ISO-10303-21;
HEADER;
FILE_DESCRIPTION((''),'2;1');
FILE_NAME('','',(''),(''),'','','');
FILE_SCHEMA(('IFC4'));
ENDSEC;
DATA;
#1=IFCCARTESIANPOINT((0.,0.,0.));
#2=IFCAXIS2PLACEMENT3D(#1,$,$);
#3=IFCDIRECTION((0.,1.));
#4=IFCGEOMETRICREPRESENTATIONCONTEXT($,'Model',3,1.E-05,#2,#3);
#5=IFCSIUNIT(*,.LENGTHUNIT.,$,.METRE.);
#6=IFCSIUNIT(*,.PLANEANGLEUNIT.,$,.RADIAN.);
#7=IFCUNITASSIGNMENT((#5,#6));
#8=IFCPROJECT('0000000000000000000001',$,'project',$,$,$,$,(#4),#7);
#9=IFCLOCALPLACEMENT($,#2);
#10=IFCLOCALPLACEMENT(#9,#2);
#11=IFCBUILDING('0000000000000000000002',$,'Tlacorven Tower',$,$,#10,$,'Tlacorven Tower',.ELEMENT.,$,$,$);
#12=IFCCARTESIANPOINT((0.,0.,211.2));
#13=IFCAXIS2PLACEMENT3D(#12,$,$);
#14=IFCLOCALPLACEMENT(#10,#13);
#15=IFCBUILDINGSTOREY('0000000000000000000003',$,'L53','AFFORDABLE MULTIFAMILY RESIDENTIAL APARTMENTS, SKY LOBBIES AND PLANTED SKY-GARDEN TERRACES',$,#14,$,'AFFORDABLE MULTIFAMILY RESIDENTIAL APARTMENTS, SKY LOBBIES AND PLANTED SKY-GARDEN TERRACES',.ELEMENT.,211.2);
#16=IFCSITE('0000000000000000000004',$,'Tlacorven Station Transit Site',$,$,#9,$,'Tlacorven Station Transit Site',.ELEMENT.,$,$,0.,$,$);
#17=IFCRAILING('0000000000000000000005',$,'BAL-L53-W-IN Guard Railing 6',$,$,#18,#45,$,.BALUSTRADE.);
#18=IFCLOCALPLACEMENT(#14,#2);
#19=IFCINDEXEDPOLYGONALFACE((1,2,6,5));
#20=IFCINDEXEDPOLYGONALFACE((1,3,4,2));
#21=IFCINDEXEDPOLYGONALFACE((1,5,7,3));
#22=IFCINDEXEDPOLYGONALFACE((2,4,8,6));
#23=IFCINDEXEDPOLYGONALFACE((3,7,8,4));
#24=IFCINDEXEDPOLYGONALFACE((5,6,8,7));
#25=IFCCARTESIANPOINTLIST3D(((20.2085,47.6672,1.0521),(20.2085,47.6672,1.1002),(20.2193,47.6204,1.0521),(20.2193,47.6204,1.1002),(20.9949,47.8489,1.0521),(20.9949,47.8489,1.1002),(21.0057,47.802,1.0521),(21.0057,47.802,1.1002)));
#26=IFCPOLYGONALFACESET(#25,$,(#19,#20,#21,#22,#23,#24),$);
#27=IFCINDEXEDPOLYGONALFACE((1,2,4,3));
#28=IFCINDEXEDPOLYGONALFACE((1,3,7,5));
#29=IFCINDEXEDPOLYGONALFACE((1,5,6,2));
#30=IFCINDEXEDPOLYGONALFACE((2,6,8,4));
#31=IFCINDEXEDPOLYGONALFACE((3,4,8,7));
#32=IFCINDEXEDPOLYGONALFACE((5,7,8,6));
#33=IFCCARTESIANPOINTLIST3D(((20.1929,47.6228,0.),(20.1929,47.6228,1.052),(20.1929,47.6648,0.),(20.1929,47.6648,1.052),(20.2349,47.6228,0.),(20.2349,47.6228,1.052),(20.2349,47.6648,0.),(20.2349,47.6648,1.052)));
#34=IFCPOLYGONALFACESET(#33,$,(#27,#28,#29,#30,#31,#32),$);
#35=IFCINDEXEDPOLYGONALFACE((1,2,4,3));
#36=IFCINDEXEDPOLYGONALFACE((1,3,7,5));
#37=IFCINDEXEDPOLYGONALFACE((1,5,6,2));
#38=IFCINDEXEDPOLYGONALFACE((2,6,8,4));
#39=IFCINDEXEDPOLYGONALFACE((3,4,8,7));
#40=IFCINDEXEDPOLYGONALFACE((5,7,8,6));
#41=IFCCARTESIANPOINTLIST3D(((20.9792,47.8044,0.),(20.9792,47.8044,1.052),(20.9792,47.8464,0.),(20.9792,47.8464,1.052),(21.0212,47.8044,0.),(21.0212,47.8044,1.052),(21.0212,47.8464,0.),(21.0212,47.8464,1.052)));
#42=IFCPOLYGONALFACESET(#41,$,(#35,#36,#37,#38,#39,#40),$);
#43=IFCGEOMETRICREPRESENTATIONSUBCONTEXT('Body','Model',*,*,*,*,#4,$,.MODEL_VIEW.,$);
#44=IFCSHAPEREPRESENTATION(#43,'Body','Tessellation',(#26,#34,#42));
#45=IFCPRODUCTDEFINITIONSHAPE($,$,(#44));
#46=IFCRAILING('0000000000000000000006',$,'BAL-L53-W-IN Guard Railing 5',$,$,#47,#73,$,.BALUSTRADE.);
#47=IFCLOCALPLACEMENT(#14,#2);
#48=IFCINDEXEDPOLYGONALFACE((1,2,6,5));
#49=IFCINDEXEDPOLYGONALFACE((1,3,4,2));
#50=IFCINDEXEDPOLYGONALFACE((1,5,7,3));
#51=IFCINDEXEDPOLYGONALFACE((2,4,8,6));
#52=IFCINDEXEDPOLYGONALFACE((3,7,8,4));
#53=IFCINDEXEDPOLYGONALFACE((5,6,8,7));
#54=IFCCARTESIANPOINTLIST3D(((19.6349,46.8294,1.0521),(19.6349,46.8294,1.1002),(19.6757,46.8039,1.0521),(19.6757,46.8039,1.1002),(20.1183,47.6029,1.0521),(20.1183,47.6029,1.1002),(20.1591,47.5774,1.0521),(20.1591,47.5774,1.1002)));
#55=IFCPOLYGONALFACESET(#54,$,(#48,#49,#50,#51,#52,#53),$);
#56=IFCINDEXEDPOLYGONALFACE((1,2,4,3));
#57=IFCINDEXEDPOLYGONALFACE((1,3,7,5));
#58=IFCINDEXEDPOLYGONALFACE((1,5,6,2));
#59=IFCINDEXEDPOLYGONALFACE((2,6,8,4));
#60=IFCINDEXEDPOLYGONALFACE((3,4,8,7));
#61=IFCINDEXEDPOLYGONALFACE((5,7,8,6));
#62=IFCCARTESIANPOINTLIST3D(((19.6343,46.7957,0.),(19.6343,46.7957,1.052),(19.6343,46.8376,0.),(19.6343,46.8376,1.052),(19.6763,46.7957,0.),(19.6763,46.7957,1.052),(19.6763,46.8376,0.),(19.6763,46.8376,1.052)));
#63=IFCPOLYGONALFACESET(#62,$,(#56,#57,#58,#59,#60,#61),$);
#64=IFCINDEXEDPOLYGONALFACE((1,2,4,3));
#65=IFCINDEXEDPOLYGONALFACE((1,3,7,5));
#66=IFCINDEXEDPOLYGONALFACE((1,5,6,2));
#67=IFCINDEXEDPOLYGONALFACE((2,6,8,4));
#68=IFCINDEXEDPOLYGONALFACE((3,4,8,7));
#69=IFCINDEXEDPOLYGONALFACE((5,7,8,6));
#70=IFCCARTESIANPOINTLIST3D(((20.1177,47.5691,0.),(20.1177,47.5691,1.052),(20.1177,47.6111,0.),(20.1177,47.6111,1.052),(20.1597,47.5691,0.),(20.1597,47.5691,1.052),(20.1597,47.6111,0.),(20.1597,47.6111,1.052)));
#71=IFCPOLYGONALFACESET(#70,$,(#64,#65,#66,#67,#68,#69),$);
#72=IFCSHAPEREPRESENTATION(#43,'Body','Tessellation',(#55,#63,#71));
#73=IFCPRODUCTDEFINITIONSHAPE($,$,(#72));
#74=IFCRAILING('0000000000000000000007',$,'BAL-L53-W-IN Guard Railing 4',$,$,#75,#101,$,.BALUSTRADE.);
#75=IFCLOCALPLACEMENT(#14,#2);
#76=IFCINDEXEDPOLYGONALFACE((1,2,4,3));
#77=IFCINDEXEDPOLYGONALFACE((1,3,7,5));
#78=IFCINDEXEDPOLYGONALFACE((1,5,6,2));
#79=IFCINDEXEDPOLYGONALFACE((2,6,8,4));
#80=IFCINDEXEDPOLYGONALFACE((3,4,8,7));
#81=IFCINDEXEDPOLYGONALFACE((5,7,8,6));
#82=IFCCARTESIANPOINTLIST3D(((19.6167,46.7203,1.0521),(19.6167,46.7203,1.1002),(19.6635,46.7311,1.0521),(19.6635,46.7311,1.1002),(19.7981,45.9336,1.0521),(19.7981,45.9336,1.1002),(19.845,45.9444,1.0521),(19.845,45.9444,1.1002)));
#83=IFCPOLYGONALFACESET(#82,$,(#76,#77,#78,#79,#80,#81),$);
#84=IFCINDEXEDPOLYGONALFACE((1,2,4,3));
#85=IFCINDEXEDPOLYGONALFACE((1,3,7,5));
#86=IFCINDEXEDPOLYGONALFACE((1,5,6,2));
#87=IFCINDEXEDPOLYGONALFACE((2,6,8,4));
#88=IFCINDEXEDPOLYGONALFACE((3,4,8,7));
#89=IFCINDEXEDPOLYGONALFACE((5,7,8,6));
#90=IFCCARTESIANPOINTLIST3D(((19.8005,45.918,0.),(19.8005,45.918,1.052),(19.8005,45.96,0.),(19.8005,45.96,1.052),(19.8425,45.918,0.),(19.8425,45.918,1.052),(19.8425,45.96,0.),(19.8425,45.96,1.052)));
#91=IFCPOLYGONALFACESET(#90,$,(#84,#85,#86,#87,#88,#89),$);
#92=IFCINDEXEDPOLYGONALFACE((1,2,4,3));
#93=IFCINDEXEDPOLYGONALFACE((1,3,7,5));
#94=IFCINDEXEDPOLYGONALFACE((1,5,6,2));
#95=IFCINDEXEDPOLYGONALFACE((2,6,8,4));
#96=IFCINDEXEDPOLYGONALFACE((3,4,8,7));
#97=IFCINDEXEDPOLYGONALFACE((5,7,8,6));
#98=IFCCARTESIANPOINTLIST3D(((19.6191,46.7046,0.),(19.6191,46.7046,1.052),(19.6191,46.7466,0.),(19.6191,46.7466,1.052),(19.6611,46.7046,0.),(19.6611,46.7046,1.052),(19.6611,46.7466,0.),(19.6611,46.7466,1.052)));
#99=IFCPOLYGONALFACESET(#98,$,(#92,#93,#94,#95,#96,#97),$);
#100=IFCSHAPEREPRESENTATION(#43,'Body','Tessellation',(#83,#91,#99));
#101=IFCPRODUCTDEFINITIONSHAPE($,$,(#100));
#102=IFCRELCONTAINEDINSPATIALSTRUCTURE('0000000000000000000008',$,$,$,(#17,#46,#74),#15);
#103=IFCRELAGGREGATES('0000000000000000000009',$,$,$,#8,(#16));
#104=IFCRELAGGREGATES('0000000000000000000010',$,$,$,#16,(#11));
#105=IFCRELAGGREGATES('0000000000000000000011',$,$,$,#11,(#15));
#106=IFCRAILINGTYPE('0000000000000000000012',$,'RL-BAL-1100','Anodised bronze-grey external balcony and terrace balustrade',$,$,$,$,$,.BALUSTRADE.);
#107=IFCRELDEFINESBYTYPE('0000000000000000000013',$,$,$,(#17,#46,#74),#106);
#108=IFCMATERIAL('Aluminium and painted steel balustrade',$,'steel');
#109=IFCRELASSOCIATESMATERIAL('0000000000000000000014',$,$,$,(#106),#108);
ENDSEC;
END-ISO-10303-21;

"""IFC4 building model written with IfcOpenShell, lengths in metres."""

from ifc_helpers import new_model, si_unit, direction, frame, origin, origin_2d, place, context, subcontext, project, spatial, rectangle, extrude, source, transform, mapped, material, type_object, element, save


model = new_model("IFC4")

# Units and contexts
model_context = context("Model", 3, precision=1e-05, world=origin(), true_north=direction((0.0, 1.0)))
body_context = subcontext(model_context, "Body", "Model", "MODEL_VIEW")
ifc_project = project(units=[si_unit("LENGTHUNIT", "METRE"), si_unit("PLANEANGLEUNIT", "RADIAN")], contexts=[model_context])

# Site, building, storey
site_placement = place(None, origin())
site = spatial("IfcSite", under=ifc_project, at=site_placement, Name="Tlacorven Station Transit Site", LongName="Tlacorven Station Transit Site", CompositionType="ELEMENT", RefElevation=0.0)
building_placement = place(site_placement, origin())
building = spatial("IfcBuilding", under=site, at=building_placement, Name="Tlacorven Tower", LongName="Tlacorven Tower", CompositionType="ELEMENT")
storey_placement = place(building_placement, frame((0.0, 0.0, 211.2)))
storey = spatial("IfcBuildingStorey", under=building, at=storey_placement, Name="L53", Description="AFFORDABLE MULTIFAMILY RESIDENTIAL APARTMENTS, SKY LOBBIES AND PLANTED SKY-GARDEN TERRACES", LongName="AFFORDABLE MULTIFAMILY RESIDENTIAL APARTMENTS, SKY LOBBIES AND PLANTED SKY-GARDEN TERRACES", CompositionType="ELEMENT", Elevation=211.2)

# Railings
ifc_material_1 = material(Name="Aluminium and painted steel balustrade", Category="steel")
railing_type = type_object("IfcRailingType", Name="RL-BAL-1100", Description="Anodised bronze-grey external balcony and terrace balustrade", PredefinedType="BALUSTRADE", material=ifc_material_1)
shared_shape_1 = source(origin(), body_context, "Body", "SweptSolid", [
    extrude(rectangle(XDim=0.0481, YDim=0.0481, at=origin_2d()), frame((0.0, 0.0, 1.0762), z_axis=(0.974345, 0.225058, 0.0), x_axis=(-0.225058, 0.974345, 0.0)), (0.0, 0.0, 1.0), 0.8071),
    extrude(rectangle(XDim=0.042, YDim=0.042, at=origin_2d()), origin(), (0.0, 0.0, 1.0), 1.052),
    extrude(rectangle(XDim=0.042, YDim=0.042, at=origin_2d()), frame((0.7864, 0.1816, 0.0)), (0.0, 0.0, 1.0), 1.052),
])
railing_1_placement = place(storey_placement, frame((20.2139, 47.6438, 0.0)))
element("IfcRailing", 1, at=railing_1_placement, inside=storey, type_object=railing_type, Name="BAL-L53-W-IN Guard Railing 6", PredefinedType="BALUSTRADE", context=body_context, shape_type="MappedRepresentation", body=[
    mapped(shared_shape_1, transform((0.0, 0.0, 0.0), scale=1.0)),
])
shared_shape_2 = source(origin(), body_context, "Body", "SweptSolid", [
    extrude(rectangle(XDim=0.0481, YDim=0.0481, at=origin_2d()), frame((0.0, 0.0, 1.0762), z_axis=(0.529999, 0.847998, 0.0), x_axis=(-0.847998, 0.529999, 0.0)), (0.0, 0.0, 1.0), 0.9121),
    extrude(rectangle(XDim=0.042, YDim=0.042, at=origin_2d()), origin(), (0.0, 0.0, 1.0), 1.052),
    extrude(rectangle(XDim=0.042, YDim=0.042, at=origin_2d()), frame((0.4834, 0.7734, 0.0)), (0.0, 0.0, 1.0), 1.052),
])
railing_2_placement = place(storey_placement, frame((19.6553, 46.8167, 0.0)))
element("IfcRailing", 2, at=railing_2_placement, inside=storey, type_object=railing_type, Name="BAL-L53-W-IN Guard Railing 5", PredefinedType="BALUSTRADE", context=body_context, shape_type="MappedRepresentation", body=[
    mapped(shared_shape_2, transform((0.0, 0.0, 0.0), scale=1.0)),
])
shared_shape_3 = source(origin(), body_context, "Body", "SweptSolid", [
    extrude(rectangle(XDim=0.0481, YDim=0.0481, at=origin_2d()), frame((0.0, 0.0, 1.0762), z_axis=(-0.224705, 0.974427, 0.0), x_axis=(-0.974427, -0.224705, 0.0)), (0.0, 0.0, 1.0), 0.8074),
    extrude(rectangle(XDim=0.042, YDim=0.042, at=origin_2d()), origin(), (0.0, 0.0, 1.0), 1.052),
    extrude(rectangle(XDim=0.042, YDim=0.042, at=origin_2d()), frame((-0.1814, 0.7866, 0.0)), (0.0, 0.0, 1.0), 1.052),
])
railing_3_placement = place(storey_placement, frame((19.8215, 45.939, 0.0)))
element("IfcRailing", 3, at=railing_3_placement, inside=storey, type_object=railing_type, Name="BAL-L53-W-IN Guard Railing 4", PredefinedType="BALUSTRADE", context=body_context, shape_type="MappedRepresentation", body=[
    mapped(shared_shape_3, transform((0.0, 0.0, 0.0), scale=1.0)),
])

save(model, "model.ifc")
